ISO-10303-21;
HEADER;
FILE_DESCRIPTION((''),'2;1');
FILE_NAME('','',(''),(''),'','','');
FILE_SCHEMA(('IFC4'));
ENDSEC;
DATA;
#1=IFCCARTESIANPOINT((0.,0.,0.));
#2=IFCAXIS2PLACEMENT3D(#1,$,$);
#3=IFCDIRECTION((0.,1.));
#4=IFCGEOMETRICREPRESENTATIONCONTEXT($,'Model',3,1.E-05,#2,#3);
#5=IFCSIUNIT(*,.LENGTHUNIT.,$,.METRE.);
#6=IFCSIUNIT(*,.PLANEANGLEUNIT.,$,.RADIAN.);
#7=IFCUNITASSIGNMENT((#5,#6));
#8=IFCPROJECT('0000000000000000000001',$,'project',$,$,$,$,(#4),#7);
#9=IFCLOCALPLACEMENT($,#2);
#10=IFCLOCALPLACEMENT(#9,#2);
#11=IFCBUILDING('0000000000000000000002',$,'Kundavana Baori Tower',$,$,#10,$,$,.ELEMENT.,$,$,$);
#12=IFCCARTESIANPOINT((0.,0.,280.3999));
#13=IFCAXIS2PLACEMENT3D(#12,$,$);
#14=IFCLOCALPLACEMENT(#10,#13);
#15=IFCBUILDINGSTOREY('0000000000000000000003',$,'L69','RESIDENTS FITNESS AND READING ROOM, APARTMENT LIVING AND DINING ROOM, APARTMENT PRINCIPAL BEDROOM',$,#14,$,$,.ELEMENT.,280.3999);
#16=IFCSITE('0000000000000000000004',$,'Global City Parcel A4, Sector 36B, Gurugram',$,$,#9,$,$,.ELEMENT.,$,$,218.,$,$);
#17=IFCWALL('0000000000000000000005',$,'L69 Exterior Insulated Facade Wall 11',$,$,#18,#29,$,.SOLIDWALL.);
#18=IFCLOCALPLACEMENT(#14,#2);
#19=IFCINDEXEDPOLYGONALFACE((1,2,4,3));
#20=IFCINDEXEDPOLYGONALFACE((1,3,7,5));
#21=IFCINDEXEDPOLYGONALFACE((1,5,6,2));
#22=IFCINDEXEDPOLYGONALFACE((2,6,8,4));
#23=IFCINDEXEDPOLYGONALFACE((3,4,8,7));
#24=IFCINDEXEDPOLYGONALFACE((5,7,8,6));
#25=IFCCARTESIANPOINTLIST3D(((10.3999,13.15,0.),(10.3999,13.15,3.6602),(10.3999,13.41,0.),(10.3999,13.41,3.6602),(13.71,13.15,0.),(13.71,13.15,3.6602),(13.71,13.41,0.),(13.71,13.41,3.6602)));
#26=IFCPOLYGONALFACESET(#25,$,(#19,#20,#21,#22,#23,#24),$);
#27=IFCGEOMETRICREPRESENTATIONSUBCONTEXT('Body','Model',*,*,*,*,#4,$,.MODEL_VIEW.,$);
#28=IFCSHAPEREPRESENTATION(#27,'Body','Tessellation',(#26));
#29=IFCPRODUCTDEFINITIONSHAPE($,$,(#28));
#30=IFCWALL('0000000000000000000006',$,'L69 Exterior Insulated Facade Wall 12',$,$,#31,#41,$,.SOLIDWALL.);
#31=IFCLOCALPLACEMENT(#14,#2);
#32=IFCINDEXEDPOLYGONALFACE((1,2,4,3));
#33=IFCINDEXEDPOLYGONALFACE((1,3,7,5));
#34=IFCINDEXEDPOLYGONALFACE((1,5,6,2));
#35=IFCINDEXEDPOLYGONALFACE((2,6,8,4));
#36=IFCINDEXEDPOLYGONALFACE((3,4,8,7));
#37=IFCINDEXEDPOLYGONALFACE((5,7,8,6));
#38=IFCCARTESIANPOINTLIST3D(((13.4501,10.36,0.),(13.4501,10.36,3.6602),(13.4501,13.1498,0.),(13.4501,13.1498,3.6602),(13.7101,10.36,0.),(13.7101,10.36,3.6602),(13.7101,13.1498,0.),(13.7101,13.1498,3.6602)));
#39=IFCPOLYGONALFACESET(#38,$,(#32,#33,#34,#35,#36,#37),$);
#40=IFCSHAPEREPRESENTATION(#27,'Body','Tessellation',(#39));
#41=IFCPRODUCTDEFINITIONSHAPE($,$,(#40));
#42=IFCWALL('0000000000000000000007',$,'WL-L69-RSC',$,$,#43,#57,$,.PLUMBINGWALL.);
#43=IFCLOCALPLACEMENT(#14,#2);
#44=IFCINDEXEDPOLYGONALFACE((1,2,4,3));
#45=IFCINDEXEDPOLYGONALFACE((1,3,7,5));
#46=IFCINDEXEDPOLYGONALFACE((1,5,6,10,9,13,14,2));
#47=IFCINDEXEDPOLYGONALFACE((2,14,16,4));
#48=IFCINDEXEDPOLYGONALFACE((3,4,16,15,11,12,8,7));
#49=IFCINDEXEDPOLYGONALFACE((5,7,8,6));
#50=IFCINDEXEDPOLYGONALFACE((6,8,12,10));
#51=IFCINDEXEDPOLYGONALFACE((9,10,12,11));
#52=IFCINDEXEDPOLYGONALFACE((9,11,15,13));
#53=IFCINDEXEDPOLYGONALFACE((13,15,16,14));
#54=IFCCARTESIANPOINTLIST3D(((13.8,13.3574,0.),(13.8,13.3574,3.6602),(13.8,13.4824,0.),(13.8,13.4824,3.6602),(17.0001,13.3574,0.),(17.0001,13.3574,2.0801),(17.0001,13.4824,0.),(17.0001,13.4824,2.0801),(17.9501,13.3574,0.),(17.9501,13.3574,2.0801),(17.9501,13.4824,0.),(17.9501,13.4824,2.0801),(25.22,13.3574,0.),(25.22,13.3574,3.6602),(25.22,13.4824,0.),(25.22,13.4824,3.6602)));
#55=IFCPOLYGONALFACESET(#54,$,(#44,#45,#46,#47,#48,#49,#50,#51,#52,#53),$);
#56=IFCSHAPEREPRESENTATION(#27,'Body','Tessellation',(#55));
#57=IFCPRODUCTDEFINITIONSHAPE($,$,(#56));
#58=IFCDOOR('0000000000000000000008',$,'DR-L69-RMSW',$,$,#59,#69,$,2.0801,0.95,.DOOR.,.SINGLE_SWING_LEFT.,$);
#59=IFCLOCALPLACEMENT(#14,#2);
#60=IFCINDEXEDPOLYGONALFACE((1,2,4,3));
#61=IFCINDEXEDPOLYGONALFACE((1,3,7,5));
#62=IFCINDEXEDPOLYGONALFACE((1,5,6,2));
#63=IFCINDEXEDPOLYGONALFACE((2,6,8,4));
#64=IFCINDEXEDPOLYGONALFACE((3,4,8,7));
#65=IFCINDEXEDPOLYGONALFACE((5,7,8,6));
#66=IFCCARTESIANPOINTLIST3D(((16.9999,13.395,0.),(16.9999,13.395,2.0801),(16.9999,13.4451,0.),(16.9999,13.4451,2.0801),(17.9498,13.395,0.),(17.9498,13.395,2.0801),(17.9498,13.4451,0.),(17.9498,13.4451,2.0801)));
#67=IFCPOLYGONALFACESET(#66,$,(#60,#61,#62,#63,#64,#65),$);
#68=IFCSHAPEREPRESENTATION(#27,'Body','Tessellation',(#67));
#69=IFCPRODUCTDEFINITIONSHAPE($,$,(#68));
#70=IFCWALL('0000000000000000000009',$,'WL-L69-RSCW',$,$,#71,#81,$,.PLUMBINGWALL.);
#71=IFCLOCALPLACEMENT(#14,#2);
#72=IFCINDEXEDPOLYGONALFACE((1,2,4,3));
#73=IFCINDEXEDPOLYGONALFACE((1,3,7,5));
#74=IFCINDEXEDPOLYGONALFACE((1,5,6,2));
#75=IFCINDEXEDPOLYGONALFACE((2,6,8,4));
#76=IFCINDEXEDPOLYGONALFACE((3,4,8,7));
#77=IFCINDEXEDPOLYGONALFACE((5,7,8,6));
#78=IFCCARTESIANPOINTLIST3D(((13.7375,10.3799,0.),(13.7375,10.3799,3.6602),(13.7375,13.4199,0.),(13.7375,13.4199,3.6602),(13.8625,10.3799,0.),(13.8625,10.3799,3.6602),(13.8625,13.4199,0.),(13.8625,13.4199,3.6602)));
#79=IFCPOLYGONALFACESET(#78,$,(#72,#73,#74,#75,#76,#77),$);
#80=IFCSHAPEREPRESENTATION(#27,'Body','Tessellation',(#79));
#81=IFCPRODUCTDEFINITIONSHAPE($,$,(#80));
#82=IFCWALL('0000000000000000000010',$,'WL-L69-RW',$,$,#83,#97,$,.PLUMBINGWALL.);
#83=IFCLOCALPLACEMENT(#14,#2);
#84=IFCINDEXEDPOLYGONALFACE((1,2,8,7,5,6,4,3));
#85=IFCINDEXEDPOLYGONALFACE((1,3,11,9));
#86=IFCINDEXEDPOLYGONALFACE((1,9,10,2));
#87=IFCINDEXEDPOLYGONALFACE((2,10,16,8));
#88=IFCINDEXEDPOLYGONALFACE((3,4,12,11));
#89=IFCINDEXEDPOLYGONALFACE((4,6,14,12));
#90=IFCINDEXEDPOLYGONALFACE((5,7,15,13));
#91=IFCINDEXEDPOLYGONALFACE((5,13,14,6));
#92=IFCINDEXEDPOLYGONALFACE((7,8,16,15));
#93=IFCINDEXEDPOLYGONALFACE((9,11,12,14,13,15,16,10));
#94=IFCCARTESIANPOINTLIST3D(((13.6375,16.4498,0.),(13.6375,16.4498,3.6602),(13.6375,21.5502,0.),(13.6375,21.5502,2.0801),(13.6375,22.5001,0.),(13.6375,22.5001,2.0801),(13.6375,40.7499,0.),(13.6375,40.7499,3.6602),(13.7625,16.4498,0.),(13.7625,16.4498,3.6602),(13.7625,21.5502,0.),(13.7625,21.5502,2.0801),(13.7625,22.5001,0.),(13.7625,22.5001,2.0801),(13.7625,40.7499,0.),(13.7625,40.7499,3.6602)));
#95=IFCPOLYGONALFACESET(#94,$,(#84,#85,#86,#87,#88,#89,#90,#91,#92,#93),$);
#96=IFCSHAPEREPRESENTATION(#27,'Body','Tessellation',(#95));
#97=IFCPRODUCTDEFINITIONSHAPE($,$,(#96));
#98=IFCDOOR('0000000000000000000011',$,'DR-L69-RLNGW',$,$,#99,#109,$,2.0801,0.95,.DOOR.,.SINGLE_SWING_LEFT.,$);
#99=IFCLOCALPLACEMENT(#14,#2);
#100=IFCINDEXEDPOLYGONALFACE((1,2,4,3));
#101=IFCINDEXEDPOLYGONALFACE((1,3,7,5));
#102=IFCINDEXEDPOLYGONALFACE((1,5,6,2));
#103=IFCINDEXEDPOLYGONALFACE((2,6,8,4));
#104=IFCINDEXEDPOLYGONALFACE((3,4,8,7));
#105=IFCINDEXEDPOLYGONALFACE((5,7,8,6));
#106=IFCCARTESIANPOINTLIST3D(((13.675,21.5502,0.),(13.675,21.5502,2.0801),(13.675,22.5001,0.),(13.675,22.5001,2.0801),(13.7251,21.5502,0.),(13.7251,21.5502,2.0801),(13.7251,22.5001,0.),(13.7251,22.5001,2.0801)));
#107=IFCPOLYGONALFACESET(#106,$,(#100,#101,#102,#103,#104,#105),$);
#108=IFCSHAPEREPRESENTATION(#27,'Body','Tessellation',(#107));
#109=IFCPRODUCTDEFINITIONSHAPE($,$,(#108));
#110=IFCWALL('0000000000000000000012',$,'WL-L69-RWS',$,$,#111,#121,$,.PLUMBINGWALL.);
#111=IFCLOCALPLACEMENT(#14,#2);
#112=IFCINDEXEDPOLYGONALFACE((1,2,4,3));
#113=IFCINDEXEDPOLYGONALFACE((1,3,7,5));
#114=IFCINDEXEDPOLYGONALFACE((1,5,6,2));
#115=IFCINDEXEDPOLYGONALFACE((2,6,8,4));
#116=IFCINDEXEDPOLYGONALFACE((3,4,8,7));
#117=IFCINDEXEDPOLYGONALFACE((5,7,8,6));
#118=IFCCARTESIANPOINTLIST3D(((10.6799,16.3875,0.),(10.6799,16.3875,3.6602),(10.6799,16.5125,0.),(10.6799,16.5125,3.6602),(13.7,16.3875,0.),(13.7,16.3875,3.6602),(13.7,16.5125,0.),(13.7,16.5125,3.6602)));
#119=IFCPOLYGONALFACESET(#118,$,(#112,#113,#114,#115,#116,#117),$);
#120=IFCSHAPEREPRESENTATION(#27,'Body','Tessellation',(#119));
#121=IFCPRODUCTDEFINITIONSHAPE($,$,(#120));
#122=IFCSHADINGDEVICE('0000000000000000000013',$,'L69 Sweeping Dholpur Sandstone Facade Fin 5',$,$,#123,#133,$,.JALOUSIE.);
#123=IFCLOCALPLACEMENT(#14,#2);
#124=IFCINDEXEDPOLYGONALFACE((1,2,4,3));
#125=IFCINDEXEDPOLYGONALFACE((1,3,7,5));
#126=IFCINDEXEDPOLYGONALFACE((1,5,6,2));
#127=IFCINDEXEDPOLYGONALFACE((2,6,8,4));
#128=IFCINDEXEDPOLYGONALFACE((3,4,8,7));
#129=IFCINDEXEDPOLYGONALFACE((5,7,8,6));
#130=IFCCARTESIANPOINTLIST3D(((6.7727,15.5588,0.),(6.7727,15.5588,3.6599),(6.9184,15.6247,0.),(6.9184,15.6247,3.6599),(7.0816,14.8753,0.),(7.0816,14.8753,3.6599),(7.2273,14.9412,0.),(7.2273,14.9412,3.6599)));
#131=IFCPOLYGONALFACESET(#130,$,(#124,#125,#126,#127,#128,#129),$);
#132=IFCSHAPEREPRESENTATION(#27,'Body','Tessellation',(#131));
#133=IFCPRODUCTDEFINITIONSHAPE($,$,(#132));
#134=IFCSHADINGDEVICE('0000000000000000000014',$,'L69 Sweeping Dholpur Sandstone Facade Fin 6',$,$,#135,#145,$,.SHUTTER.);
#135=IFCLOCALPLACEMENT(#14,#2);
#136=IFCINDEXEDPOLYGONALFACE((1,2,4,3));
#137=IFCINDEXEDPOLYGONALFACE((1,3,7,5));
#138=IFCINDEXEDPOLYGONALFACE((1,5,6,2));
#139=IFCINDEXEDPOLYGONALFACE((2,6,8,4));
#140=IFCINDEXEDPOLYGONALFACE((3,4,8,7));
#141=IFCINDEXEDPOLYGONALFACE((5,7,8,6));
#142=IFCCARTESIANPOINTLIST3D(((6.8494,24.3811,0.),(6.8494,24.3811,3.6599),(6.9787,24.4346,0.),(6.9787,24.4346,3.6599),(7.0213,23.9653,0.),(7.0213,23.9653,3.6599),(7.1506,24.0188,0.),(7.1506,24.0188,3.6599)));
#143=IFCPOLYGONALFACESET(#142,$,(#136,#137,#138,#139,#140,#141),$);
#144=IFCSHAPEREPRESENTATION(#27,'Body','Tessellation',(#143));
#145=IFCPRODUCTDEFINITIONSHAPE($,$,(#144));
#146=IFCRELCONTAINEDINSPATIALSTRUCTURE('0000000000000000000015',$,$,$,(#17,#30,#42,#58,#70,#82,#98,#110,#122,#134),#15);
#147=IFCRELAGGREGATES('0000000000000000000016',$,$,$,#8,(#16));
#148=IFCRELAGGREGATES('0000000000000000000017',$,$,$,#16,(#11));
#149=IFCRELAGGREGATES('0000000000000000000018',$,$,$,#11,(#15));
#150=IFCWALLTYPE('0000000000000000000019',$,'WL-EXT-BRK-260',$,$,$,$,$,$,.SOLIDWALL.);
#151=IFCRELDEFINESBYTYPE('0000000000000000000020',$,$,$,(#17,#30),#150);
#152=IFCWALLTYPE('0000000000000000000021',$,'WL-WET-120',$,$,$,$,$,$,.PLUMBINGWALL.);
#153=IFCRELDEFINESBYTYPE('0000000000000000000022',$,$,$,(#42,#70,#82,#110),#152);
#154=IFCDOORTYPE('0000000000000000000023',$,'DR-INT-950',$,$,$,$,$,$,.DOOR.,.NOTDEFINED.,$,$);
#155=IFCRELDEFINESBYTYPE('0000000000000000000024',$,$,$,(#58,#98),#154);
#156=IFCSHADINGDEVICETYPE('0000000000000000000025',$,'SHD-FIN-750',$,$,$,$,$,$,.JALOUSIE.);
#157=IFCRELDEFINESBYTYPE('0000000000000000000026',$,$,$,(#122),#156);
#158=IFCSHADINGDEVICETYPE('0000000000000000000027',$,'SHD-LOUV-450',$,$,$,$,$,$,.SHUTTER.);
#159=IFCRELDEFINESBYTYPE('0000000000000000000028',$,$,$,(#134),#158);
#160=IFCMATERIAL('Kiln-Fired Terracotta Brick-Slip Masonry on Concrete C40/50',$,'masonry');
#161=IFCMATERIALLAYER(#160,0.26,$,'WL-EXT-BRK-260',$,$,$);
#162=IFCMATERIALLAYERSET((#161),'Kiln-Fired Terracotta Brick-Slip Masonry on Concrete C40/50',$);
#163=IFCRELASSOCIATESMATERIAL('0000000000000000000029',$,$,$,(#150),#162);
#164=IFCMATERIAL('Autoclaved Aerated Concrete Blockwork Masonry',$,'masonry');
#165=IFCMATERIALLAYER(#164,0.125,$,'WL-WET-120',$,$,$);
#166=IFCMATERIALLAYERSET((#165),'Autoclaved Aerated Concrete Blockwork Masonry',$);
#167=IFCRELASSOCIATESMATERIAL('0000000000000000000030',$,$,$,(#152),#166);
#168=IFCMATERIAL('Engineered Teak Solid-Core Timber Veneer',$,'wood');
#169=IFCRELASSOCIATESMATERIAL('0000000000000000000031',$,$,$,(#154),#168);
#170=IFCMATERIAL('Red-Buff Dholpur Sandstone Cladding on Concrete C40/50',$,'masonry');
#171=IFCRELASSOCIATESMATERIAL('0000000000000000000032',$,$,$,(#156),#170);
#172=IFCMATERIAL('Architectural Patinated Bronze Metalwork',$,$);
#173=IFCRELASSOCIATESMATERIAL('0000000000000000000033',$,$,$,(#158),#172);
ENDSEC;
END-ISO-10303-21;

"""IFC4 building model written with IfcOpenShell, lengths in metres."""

from ifc_helpers import new_model, si_unit, direction, frame, frame_2d, origin, origin_2d, place, context, subcontext, project, spatial, rectangle, extrude, material, layer, layer_set, type_object, element, fill, save


model = new_model("IFC4")

# Units and contexts
model_context = context("Model", 3, precision=1e-05, world=origin(), true_north=direction((0.0, 1.0)))
body_context = subcontext(model_context, "Body", "Model", "MODEL_VIEW")
ifc_project = project(units=[si_unit("LENGTHUNIT", "METRE"), si_unit("PLANEANGLEUNIT", "RADIAN")], contexts=[model_context])

# Site, building, storey
site_placement = place(None, origin())
site = spatial("IfcSite", under=ifc_project, at=site_placement, Name="Global City Parcel A4, Sector 36B, Gurugram", CompositionType="ELEMENT", RefElevation=218.0)
building_placement = place(site_placement, origin())
building = spatial("IfcBuilding", under=site, at=building_placement, Name="Kundavana Baori Tower", CompositionType="ELEMENT")
storey_placement = place(building_placement, frame((0.0, 0.0, 280.3999)))
storey = spatial("IfcBuildingStorey", under=building, at=storey_placement, Name="L69", Description="RESIDENTS FITNESS AND READING ROOM, APARTMENT LIVING AND DINING ROOM, APARTMENT PRINCIPAL BEDROOM", CompositionType="ELEMENT", Elevation=280.3999)

# Shared definitions
ifc_material_1 = material(Name="Kiln-Fired Terracotta Brick-Slip Masonry on Concrete C40/50", Category="masonry")
ifc_layer_1 = layer(ifc_material_1, 0.26, Name="WL-EXT-BRK-260")
ifc_layer_set_1 = layer_set([ifc_layer_1], Name="Kiln-Fired Terracotta Brick-Slip Masonry on Concrete C40/50")
wall_type_1 = type_object("IfcWallType", Name="WL-EXT-BRK-260", PredefinedType="SOLIDWALL", material=ifc_layer_set_1)

# Walls
wall_1_placement = place(storey_placement, frame((10.3999, 13.28, 0.0), z_axis=(0.0, 0.0, 1.0), x_axis=(1.0, 0.0, 0.0)))
element("IfcWall", 1, at=wall_1_placement, inside=storey, type_object=wall_type_1, Name="L69 Exterior Insulated Facade Wall 11", PredefinedType="SOLIDWALL", context=body_context, shape_type="SweptSolid", body=[
    extrude(rectangle(XDim=3.3101, YDim=0.26, at=frame_2d((1.655, 0.0))), origin(), (0.0, 0.0, 1.0), 3.6602),
])
wall_2_placement = place(storey_placement, frame((13.5801, 13.1499, 0.0), z_axis=(0.0, 0.0, 1.0), x_axis=(0.0, -1.0, 0.0)))
element("IfcWall", 2, at=wall_2_placement, inside=storey, type_object=wall_type_1, Name="L69 Exterior Insulated Facade Wall 12", PredefinedType="SOLIDWALL", context=body_context, shape_type="SweptSolid", body=[
    extrude(rectangle(XDim=2.7898, YDim=0.26, at=frame_2d((1.395, 0.0))), origin(), (0.0, 0.0, 1.0), 3.6602),
])

# Wall, opening, door
ifc_material_2 = material(Name="Autoclaved Aerated Concrete Blockwork Masonry", Category="masonry")
ifc_layer_2 = layer(ifc_material_2, 0.125, Name="WL-WET-120")
ifc_layer_set_2 = layer_set([ifc_layer_2], Name="Autoclaved Aerated Concrete Blockwork Masonry")
wall_type_2 = type_object("IfcWallType", Name="WL-WET-120", PredefinedType="PLUMBINGWALL", material=ifc_layer_set_2)
wall_3_placement = place(storey_placement, frame((13.8, 13.4199, 0.0), z_axis=(0.0, 0.0, 1.0), x_axis=(1.0, 0.0, 0.0)))
wall_3 = element("IfcWall", 3, at=wall_3_placement, inside=storey, type_object=wall_type_2, Name="WL-L69-RSC", PredefinedType="PLUMBINGWALL", context=body_context, shape_type="SweptSolid", body=[
    extrude(rectangle(XDim=11.4199, YDim=0.125, at=frame_2d((5.71, 0.0))), origin(), (0.0, 0.0, 1.0), 3.6602),
])
opening_1_placement = place(wall_3_placement, frame((3.2, 0.0, 0.0)))
opening_1 = element("IfcOpeningElement", 4, at=opening_1_placement, cuts=wall_3, PredefinedType="OPENING", context=body_context, shape_type="SweptSolid", body=[
    extrude(rectangle(XDim=0.95, YDim=2.0801, at=frame_2d((0.4751, 1.04))), frame((0.0, 0.0725, 0.0), z_axis=(0.0, -1.0, 0.0), x_axis=(1.0, 0.0, 0.0)), (0.0, 0.0, 1.0), 0.145),
])
ifc_material_3 = material(Name="Engineered Teak Solid-Core Timber Veneer", Category="wood")
door_type_1 = type_object("IfcDoorType", Name="DR-INT-950", OperationType="NOTDEFINED", PredefinedType="DOOR", material=ifc_material_3)
door_1_placement = place(opening_1_placement, frame((0.95, 0.0, 0.0), z_axis=(0.0, 0.0, 1.0), x_axis=(-1.0, 0.0, 0.0)))
door_1 = element("IfcDoor", 5, at=door_1_placement, inside=storey, type_object=door_type_1, Name="DR-L69-RMSW", OperationType="SINGLE_SWING_LEFT", OverallHeight=2.0801, OverallWidth=0.95, PredefinedType="DOOR", context=body_context, shape_type="SweptSolid", body=[
    extrude(rectangle(XDim=0.95, YDim=2.0801, at=frame_2d((0.4751, 1.04))), frame((0.0, 0.0249, 0.0), z_axis=(0.0, -1.0, 0.0), x_axis=(1.0, 0.0, 0.0)), (0.0, 0.0, 1.0), 0.05),
])
fill(opening_1, door_1)

# Wall
wall_4_placement = place(storey_placement, frame((13.8, 10.3799, 0.0), z_axis=(0.0, 0.0, 1.0), x_axis=(0.0, 1.0, 0.0)))
element("IfcWall", 6, at=wall_4_placement, inside=storey, type_object=wall_type_2, Name="WL-L69-RSCW", PredefinedType="PLUMBINGWALL", context=body_context, shape_type="SweptSolid", body=[
    extrude(rectangle(XDim=3.04, YDim=0.125, at=frame_2d((1.52, 0.0))), origin(), (0.0, 0.0, 1.0), 3.6602),
])

# Wall, opening, door
wall_5_placement = place(storey_placement, frame((13.7, 16.45, 0.0), z_axis=(0.0, 0.0, 1.0), x_axis=(0.0, 1.0, 0.0)))
wall_5 = element("IfcWall", 7, at=wall_5_placement, inside=storey, type_object=wall_type_2, Name="WL-L69-RW", PredefinedType="PLUMBINGWALL", context=body_context, shape_type="SweptSolid", body=[
    extrude(rectangle(XDim=24.3, YDim=0.125, at=frame_2d((12.1499, 0.0))), origin(), (0.0, 0.0, 1.0), 3.6602),
])
opening_2_placement = place(wall_5_placement, frame((5.1001, 0.0, 0.0)))
opening_2 = element("IfcOpeningElement", 8, at=opening_2_placement, cuts=wall_5, PredefinedType="OPENING", context=body_context, shape_type="SweptSolid", body=[
    extrude(rectangle(XDim=0.95, YDim=2.0801, at=frame_2d((0.4751, 1.04))), frame((0.0, 0.0725, 0.0), z_axis=(0.0, -1.0, 0.0), x_axis=(1.0, 0.0, 0.0)), (0.0, 0.0, 1.0), 0.145),
])
door_2_placement = place(opening_2_placement, origin())
door_2 = element("IfcDoor", 9, at=door_2_placement, inside=storey, type_object=door_type_1, Name="DR-L69-RLNGW", OperationType="SINGLE_SWING_LEFT", OverallHeight=2.0801, OverallWidth=0.95, PredefinedType="DOOR", context=body_context, shape_type="SweptSolid", body=[
    extrude(rectangle(XDim=0.95, YDim=2.0801, at=frame_2d((0.4751, 1.04))), frame((0.0, 0.0249, 0.0), z_axis=(0.0, -1.0, 0.0), x_axis=(1.0, 0.0, 0.0)), (0.0, 0.0, 1.0), 0.05),
])
fill(opening_2, door_2)

# Wall
wall_6_placement = place(storey_placement, frame((10.6799, 16.45, 0.0), z_axis=(0.0, 0.0, 1.0), x_axis=(1.0, 0.0, 0.0)))
element("IfcWall", 10, at=wall_6_placement, inside=storey, type_object=wall_type_2, Name="WL-L69-RWS", PredefinedType="PLUMBINGWALL", context=body_context, shape_type="SweptSolid", body=[
    extrude(rectangle(XDim=3.02, YDim=0.125, at=frame_2d((1.51, 0.0))), origin(), (0.0, 0.0, 1.0), 3.6602),
])

# Shading devices
ifc_material_4 = material(Name="Red-Buff Dholpur Sandstone Cladding on Concrete C40/50", Category="masonry")
shading_device_type_1 = type_object("IfcShadingDeviceType", Name="SHD-FIN-750", PredefinedType="JALOUSIE", material=ifc_material_4)
shading_device_1_placement = place(storey_placement, frame((7.0, 15.25, 0.0), z_axis=(0.0, 0.0, 1.0), x_axis=(0.91126, 0.411832, 0.0)))
element("IfcShadingDevice", 11, at=shading_device_1_placement, inside=storey, type_object=shading_device_type_1, Name="L69 Sweeping Dholpur Sandstone Facade Fin 5", PredefinedType="JALOUSIE", context=body_context, shape_type="SweptSolid", body=[
    extrude(rectangle(XDim=0.1599, YDim=0.75, at=origin_2d()), origin(), (0.0, 0.0, 1.0), 3.6599),
])
ifc_material_5 = material(Name="Architectural Patinated Bronze Metalwork")
shading_device_type_2 = type_object("IfcShadingDeviceType", Name="SHD-LOUV-450", PredefinedType="SHUTTER", material=ifc_material_5)
shading_device_2_placement = place(storey_placement, frame((7.0, 24.2, 0.0), z_axis=(0.0, 0.0, 1.0), x_axis=(0.924146, 0.382038, 0.0)))
element("IfcShadingDevice", 12, at=shading_device_2_placement, inside=storey, type_object=shading_device_type_2, Name="L69 Sweeping Dholpur Sandstone Facade Fin 6", PredefinedType="SHUTTER", context=body_context, shape_type="SweptSolid", body=[
    extrude(rectangle(XDim=0.1399, YDim=0.45, at=origin_2d()), origin(), (0.0, 0.0, 1.0), 3.6599),
])

save(model, "model.ifc")
